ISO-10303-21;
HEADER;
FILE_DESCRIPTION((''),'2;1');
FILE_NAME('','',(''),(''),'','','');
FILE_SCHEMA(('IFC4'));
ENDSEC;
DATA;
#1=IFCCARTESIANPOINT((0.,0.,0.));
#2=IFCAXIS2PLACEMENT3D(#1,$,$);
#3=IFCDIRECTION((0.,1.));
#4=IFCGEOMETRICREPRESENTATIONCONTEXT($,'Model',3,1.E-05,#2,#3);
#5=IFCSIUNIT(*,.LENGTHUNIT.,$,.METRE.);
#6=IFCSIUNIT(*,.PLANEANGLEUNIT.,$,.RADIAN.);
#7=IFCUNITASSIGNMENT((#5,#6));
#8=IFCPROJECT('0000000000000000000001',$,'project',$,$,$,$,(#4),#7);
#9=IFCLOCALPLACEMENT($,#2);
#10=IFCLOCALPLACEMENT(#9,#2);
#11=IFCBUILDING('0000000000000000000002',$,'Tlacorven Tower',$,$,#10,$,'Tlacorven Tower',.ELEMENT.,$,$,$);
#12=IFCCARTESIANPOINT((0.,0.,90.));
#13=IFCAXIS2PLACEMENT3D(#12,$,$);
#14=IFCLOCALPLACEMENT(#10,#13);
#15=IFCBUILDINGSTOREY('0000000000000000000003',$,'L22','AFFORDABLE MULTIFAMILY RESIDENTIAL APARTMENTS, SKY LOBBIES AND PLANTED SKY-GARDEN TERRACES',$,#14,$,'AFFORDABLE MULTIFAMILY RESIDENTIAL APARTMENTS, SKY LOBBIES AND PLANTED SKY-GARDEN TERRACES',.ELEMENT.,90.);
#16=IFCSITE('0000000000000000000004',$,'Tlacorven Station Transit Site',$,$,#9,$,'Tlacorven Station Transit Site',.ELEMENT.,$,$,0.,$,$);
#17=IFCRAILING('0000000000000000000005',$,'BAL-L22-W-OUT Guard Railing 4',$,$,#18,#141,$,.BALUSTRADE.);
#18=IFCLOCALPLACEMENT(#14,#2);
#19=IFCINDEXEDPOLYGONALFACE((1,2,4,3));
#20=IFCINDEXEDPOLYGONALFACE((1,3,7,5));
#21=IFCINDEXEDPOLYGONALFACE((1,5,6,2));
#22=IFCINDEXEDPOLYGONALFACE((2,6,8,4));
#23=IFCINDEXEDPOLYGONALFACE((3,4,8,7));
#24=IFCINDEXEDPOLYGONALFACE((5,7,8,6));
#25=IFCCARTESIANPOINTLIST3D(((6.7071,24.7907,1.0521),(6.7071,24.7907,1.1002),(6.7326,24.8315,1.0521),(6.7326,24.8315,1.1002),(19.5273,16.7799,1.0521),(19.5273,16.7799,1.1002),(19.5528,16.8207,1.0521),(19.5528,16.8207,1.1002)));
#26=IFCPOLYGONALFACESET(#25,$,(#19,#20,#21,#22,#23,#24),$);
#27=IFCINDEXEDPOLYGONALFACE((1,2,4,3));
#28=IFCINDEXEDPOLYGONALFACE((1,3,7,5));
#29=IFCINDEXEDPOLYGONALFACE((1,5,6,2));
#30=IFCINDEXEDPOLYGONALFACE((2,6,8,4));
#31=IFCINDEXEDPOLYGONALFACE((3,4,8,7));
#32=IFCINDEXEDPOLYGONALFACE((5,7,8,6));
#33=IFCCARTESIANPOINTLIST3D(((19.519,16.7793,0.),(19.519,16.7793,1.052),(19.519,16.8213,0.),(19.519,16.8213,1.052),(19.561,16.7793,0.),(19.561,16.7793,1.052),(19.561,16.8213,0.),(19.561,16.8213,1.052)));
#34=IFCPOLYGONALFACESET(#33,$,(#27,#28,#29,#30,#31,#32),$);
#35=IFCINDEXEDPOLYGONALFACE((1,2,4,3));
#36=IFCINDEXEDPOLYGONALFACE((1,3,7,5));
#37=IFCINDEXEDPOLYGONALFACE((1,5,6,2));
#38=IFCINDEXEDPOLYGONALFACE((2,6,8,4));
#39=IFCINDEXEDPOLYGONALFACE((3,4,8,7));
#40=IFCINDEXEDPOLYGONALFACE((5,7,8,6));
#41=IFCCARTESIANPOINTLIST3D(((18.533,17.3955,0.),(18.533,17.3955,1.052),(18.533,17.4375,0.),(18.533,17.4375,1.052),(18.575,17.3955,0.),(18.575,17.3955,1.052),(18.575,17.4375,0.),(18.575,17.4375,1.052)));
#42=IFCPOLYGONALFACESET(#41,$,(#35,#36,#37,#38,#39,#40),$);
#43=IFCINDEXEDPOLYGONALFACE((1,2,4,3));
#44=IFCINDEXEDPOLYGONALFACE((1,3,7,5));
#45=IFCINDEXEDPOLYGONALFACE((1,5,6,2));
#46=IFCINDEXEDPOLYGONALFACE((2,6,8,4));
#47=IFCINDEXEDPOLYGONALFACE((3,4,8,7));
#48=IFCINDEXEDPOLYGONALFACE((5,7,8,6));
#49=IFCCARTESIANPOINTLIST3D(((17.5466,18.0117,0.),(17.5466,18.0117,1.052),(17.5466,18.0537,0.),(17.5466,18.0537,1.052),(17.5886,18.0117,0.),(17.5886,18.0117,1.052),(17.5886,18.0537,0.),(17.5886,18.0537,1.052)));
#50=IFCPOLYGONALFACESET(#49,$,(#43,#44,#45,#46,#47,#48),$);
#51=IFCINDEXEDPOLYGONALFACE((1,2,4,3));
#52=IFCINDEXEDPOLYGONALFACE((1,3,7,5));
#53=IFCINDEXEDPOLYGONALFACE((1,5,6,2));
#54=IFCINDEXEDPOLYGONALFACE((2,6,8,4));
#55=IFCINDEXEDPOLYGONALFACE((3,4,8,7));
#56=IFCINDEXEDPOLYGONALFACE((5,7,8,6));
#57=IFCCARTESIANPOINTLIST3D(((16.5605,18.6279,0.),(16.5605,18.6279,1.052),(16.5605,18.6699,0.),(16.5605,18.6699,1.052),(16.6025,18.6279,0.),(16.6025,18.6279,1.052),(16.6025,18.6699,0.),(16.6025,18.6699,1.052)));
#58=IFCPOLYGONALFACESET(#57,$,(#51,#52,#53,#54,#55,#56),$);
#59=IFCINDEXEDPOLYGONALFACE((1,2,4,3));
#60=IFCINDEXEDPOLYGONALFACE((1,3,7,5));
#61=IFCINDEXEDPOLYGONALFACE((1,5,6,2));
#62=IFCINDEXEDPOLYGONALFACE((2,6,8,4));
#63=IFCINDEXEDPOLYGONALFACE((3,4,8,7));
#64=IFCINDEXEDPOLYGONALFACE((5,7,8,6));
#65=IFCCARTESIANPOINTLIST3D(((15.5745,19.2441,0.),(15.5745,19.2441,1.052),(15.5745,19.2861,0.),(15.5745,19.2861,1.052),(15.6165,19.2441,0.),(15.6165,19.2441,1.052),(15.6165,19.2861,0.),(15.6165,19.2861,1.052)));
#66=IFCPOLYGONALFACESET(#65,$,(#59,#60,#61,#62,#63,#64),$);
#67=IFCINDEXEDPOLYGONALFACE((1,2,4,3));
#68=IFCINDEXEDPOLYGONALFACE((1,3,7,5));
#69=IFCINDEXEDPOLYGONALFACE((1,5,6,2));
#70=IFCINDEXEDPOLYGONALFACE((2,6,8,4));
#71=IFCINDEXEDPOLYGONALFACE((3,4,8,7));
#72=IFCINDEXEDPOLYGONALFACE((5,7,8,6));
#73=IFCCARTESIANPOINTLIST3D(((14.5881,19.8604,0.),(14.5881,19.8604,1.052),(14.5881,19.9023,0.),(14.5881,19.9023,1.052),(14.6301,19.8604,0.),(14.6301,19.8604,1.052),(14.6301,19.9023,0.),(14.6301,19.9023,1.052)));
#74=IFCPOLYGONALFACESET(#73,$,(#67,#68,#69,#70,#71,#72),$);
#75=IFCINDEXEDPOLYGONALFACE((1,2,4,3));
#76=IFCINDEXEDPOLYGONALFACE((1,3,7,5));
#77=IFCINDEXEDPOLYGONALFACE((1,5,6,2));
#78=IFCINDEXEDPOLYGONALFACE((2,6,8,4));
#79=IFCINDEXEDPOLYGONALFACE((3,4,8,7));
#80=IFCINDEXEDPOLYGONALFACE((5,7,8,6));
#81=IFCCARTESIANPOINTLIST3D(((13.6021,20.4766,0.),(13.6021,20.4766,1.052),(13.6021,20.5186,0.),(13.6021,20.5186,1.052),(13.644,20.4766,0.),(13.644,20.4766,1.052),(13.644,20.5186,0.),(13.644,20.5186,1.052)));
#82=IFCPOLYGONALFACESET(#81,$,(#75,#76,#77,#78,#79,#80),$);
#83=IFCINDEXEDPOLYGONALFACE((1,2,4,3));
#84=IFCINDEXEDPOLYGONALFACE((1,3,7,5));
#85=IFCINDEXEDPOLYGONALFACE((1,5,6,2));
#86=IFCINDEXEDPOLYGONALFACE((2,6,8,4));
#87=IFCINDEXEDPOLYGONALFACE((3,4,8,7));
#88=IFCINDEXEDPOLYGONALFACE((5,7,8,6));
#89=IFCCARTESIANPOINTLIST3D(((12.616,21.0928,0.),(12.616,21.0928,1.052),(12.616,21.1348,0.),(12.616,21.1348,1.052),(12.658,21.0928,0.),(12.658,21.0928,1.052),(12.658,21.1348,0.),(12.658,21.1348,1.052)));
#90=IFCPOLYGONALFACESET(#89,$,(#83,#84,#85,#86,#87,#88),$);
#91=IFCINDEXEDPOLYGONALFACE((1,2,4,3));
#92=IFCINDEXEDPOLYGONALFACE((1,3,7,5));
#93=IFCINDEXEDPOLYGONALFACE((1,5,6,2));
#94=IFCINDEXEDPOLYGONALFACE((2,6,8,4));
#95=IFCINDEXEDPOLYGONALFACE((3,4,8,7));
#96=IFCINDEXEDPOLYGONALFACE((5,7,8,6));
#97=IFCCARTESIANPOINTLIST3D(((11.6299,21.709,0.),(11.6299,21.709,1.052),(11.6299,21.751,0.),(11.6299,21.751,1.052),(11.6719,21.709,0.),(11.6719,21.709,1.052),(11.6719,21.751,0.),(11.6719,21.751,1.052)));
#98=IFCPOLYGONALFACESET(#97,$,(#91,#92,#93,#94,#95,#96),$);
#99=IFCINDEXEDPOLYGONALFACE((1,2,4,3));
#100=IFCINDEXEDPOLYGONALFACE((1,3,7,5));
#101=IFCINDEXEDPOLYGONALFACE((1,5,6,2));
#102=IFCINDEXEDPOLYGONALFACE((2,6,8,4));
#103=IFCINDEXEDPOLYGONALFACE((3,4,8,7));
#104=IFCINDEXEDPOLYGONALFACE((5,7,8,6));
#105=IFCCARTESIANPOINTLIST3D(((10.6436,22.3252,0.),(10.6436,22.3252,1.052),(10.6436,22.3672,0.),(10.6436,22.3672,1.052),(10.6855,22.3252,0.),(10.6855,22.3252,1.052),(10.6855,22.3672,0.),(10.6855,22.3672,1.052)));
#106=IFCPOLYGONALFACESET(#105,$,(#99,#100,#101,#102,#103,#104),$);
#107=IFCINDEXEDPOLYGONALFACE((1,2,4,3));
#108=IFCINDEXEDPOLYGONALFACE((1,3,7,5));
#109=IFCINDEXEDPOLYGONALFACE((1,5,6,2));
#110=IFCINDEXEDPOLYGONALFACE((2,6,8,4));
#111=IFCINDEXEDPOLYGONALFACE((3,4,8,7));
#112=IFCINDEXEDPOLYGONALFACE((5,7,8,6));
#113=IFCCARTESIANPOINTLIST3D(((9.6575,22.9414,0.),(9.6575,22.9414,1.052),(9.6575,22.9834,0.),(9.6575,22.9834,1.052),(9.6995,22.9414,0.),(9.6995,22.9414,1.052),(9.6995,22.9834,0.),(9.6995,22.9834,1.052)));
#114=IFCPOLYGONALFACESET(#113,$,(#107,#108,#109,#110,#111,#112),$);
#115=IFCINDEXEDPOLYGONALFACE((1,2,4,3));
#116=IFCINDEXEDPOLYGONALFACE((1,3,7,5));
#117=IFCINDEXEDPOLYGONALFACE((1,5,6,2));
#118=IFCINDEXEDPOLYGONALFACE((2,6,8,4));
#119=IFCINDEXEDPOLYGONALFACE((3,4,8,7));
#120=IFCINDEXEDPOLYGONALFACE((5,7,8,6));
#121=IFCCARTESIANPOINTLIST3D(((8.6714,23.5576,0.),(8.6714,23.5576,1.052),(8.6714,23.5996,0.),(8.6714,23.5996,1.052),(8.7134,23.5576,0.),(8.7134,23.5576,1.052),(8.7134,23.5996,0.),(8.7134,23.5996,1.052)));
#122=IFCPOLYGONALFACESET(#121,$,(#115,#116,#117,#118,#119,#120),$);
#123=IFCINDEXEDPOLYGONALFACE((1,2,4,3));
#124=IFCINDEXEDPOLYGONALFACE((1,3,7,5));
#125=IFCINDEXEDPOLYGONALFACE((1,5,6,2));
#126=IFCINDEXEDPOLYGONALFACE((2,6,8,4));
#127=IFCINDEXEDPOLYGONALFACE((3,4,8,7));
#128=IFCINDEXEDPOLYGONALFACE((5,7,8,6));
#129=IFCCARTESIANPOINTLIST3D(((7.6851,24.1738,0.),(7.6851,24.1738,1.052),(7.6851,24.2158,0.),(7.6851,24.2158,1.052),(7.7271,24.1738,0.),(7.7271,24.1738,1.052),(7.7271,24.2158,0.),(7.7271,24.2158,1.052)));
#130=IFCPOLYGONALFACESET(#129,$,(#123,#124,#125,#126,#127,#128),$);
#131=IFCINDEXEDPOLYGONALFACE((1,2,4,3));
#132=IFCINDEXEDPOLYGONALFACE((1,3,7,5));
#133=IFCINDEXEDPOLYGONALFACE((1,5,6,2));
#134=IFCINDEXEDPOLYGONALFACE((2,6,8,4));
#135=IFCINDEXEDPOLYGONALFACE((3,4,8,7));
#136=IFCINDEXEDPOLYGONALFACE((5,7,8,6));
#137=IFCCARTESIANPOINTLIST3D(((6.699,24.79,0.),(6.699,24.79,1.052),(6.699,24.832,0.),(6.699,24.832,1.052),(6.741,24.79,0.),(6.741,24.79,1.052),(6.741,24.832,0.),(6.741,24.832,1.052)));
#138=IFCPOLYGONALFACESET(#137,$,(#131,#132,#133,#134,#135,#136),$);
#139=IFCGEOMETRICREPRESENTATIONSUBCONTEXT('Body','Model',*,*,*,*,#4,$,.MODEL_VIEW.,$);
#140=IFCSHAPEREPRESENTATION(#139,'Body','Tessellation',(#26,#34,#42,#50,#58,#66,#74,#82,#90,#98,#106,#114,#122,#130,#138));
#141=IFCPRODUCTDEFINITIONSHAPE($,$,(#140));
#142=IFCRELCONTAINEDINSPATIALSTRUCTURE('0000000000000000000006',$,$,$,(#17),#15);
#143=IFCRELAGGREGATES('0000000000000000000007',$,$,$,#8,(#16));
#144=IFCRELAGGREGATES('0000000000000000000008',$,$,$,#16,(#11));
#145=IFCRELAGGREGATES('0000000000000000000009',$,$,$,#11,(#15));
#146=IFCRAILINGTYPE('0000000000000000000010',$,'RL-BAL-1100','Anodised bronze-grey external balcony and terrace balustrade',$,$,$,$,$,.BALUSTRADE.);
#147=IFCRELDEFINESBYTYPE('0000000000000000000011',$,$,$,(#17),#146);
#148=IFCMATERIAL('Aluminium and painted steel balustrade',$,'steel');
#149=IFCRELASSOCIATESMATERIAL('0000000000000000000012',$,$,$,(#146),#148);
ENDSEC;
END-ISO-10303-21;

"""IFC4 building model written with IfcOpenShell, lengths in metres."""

from ifc_helpers import new_model, si_unit, direction, frame, origin, origin_2d, place, context, subcontext, project, spatial, rectangle, extrude, source, transform, mapped, material, type_object, element, save


model = new_model("IFC4")

# Units and contexts
model_context = context("Model", 3, precision=1e-05, world=origin(), true_north=direction((0.0, 1.0)))
body_context = subcontext(model_context, "Body", "Model", "MODEL_VIEW")
ifc_project = project(units=[si_unit("LENGTHUNIT", "METRE"), si_unit("PLANEANGLEUNIT", "RADIAN")], contexts=[model_context])

# Site, building, storey
site_placement = place(None, origin())
site = spatial("IfcSite", under=ifc_project, at=site_placement, Name="Tlacorven Station Transit Site", LongName="Tlacorven Station Transit Site", CompositionType="ELEMENT", RefElevation=0.0)
building_placement = place(site_placement, origin())
building = spatial("IfcBuilding", under=site, at=building_placement, Name="Tlacorven Tower", LongName="Tlacorven Tower", CompositionType="ELEMENT")
storey_placement = place(building_placement, frame((0.0, 0.0, 90.0)))
storey = spatial("IfcBuildingStorey", under=building, at=storey_placement, Name="L22", Description="AFFORDABLE MULTIFAMILY RESIDENTIAL APARTMENTS, SKY LOBBIES AND PLANTED SKY-GARDEN TERRACES", LongName="AFFORDABLE MULTIFAMILY RESIDENTIAL APARTMENTS, SKY LOBBIES AND PLANTED SKY-GARDEN TERRACES", CompositionType="ELEMENT", Elevation=90.0)

# Shared definitions
ifc_material_1 = material(Name="Aluminium and painted steel balustrade", Category="steel")
railing_type = type_object("IfcRailingType", Name="RL-BAL-1100", Description="Anodised bronze-grey external balcony and terrace balustrade", PredefinedType="BALUSTRADE", material=ifc_material_1)

# Railing
shared_shape_1 = source(origin(), body_context, "Body", "SweptSolid", [
    extrude(rectangle(XDim=0.0481, YDim=0.0481, at=origin_2d()), frame((0.0, 0.0, 1.0762), z_axis=(-0.848052, 0.529913, 0.0), x_axis=(-0.529913, -0.848052, 0.0)), (0.0, 0.0, 1.0), 15.1172),
    extrude(rectangle(XDim=0.042, YDim=0.042, at=origin_2d()), origin(), (0.0, 0.0, 1.0), 1.052),
    extrude(rectangle(XDim=0.042, YDim=0.042, at=origin_2d()), frame((-0.9861, 0.6162, 0.0)), (0.0, 0.0, 1.0), 1.052),
    extrude(rectangle(XDim=0.042, YDim=0.042, at=origin_2d()), frame((-1.9724, 1.2324, 0.0)), (0.0, 0.0, 1.0), 1.052),
    extrude(rectangle(XDim=0.042, YDim=0.042, at=origin_2d()), frame((-2.9585, 1.8486, 0.0)), (0.0, 0.0, 1.0), 1.052),
    extrude(rectangle(XDim=0.042, YDim=0.042, at=origin_2d()), frame((-3.9446, 2.4648, 0.0)), (0.0, 0.0, 1.0), 1.052),
    extrude(rectangle(XDim=0.042, YDim=0.042, at=origin_2d()), frame((-4.9309, 3.0811, 0.0)), (0.0, 0.0, 1.0), 1.052),
    extrude(rectangle(XDim=0.042, YDim=0.042, at=origin_2d()), frame((-5.917, 3.6973, 0.0)), (0.0, 0.0, 1.0), 1.052),
    extrude(rectangle(XDim=0.042, YDim=0.042, at=origin_2d()), frame((-6.9031, 4.3135, 0.0)), (0.0, 0.0, 1.0), 1.052),
    extrude(rectangle(XDim=0.042, YDim=0.042, at=origin_2d()), frame((-7.8892, 4.9297, 0.0)), (0.0, 0.0, 1.0), 1.052),
    extrude(rectangle(XDim=0.042, YDim=0.042, at=origin_2d()), frame((-8.8755, 5.5459, 0.0)), (0.0, 0.0, 1.0), 1.052),
    extrude(rectangle(XDim=0.042, YDim=0.042, at=origin_2d()), frame((-9.8616, 6.1621, 0.0)), (0.0, 0.0, 1.0), 1.052),
    extrude(rectangle(XDim=0.042, YDim=0.042, at=origin_2d()), frame((-10.8477, 6.7783, 0.0)), (0.0, 0.0, 1.0), 1.052),
    extrude(rectangle(XDim=0.042, YDim=0.042, at=origin_2d()), frame((-11.834, 7.3945, 0.0)), (0.0, 0.0, 1.0), 1.052),
    extrude(rectangle(XDim=0.042, YDim=0.042, at=origin_2d()), frame((-12.8201, 8.0107, 0.0)), (0.0, 0.0, 1.0), 1.052),
])
railing_1_placement = place(storey_placement, frame((19.54, 16.8003, 0.0)))
element("IfcRailing", 1, at=railing_1_placement, inside=storey, type_object=railing_type, Name="BAL-L22-W-OUT Guard Railing 4", PredefinedType="BALUSTRADE", context=body_context, shape_type="MappedRepresentation", body=[
    mapped(shared_shape_1, transform((0.0, 0.0, 0.0), scale=1.0)),
])

save(model, "model.ifc")
